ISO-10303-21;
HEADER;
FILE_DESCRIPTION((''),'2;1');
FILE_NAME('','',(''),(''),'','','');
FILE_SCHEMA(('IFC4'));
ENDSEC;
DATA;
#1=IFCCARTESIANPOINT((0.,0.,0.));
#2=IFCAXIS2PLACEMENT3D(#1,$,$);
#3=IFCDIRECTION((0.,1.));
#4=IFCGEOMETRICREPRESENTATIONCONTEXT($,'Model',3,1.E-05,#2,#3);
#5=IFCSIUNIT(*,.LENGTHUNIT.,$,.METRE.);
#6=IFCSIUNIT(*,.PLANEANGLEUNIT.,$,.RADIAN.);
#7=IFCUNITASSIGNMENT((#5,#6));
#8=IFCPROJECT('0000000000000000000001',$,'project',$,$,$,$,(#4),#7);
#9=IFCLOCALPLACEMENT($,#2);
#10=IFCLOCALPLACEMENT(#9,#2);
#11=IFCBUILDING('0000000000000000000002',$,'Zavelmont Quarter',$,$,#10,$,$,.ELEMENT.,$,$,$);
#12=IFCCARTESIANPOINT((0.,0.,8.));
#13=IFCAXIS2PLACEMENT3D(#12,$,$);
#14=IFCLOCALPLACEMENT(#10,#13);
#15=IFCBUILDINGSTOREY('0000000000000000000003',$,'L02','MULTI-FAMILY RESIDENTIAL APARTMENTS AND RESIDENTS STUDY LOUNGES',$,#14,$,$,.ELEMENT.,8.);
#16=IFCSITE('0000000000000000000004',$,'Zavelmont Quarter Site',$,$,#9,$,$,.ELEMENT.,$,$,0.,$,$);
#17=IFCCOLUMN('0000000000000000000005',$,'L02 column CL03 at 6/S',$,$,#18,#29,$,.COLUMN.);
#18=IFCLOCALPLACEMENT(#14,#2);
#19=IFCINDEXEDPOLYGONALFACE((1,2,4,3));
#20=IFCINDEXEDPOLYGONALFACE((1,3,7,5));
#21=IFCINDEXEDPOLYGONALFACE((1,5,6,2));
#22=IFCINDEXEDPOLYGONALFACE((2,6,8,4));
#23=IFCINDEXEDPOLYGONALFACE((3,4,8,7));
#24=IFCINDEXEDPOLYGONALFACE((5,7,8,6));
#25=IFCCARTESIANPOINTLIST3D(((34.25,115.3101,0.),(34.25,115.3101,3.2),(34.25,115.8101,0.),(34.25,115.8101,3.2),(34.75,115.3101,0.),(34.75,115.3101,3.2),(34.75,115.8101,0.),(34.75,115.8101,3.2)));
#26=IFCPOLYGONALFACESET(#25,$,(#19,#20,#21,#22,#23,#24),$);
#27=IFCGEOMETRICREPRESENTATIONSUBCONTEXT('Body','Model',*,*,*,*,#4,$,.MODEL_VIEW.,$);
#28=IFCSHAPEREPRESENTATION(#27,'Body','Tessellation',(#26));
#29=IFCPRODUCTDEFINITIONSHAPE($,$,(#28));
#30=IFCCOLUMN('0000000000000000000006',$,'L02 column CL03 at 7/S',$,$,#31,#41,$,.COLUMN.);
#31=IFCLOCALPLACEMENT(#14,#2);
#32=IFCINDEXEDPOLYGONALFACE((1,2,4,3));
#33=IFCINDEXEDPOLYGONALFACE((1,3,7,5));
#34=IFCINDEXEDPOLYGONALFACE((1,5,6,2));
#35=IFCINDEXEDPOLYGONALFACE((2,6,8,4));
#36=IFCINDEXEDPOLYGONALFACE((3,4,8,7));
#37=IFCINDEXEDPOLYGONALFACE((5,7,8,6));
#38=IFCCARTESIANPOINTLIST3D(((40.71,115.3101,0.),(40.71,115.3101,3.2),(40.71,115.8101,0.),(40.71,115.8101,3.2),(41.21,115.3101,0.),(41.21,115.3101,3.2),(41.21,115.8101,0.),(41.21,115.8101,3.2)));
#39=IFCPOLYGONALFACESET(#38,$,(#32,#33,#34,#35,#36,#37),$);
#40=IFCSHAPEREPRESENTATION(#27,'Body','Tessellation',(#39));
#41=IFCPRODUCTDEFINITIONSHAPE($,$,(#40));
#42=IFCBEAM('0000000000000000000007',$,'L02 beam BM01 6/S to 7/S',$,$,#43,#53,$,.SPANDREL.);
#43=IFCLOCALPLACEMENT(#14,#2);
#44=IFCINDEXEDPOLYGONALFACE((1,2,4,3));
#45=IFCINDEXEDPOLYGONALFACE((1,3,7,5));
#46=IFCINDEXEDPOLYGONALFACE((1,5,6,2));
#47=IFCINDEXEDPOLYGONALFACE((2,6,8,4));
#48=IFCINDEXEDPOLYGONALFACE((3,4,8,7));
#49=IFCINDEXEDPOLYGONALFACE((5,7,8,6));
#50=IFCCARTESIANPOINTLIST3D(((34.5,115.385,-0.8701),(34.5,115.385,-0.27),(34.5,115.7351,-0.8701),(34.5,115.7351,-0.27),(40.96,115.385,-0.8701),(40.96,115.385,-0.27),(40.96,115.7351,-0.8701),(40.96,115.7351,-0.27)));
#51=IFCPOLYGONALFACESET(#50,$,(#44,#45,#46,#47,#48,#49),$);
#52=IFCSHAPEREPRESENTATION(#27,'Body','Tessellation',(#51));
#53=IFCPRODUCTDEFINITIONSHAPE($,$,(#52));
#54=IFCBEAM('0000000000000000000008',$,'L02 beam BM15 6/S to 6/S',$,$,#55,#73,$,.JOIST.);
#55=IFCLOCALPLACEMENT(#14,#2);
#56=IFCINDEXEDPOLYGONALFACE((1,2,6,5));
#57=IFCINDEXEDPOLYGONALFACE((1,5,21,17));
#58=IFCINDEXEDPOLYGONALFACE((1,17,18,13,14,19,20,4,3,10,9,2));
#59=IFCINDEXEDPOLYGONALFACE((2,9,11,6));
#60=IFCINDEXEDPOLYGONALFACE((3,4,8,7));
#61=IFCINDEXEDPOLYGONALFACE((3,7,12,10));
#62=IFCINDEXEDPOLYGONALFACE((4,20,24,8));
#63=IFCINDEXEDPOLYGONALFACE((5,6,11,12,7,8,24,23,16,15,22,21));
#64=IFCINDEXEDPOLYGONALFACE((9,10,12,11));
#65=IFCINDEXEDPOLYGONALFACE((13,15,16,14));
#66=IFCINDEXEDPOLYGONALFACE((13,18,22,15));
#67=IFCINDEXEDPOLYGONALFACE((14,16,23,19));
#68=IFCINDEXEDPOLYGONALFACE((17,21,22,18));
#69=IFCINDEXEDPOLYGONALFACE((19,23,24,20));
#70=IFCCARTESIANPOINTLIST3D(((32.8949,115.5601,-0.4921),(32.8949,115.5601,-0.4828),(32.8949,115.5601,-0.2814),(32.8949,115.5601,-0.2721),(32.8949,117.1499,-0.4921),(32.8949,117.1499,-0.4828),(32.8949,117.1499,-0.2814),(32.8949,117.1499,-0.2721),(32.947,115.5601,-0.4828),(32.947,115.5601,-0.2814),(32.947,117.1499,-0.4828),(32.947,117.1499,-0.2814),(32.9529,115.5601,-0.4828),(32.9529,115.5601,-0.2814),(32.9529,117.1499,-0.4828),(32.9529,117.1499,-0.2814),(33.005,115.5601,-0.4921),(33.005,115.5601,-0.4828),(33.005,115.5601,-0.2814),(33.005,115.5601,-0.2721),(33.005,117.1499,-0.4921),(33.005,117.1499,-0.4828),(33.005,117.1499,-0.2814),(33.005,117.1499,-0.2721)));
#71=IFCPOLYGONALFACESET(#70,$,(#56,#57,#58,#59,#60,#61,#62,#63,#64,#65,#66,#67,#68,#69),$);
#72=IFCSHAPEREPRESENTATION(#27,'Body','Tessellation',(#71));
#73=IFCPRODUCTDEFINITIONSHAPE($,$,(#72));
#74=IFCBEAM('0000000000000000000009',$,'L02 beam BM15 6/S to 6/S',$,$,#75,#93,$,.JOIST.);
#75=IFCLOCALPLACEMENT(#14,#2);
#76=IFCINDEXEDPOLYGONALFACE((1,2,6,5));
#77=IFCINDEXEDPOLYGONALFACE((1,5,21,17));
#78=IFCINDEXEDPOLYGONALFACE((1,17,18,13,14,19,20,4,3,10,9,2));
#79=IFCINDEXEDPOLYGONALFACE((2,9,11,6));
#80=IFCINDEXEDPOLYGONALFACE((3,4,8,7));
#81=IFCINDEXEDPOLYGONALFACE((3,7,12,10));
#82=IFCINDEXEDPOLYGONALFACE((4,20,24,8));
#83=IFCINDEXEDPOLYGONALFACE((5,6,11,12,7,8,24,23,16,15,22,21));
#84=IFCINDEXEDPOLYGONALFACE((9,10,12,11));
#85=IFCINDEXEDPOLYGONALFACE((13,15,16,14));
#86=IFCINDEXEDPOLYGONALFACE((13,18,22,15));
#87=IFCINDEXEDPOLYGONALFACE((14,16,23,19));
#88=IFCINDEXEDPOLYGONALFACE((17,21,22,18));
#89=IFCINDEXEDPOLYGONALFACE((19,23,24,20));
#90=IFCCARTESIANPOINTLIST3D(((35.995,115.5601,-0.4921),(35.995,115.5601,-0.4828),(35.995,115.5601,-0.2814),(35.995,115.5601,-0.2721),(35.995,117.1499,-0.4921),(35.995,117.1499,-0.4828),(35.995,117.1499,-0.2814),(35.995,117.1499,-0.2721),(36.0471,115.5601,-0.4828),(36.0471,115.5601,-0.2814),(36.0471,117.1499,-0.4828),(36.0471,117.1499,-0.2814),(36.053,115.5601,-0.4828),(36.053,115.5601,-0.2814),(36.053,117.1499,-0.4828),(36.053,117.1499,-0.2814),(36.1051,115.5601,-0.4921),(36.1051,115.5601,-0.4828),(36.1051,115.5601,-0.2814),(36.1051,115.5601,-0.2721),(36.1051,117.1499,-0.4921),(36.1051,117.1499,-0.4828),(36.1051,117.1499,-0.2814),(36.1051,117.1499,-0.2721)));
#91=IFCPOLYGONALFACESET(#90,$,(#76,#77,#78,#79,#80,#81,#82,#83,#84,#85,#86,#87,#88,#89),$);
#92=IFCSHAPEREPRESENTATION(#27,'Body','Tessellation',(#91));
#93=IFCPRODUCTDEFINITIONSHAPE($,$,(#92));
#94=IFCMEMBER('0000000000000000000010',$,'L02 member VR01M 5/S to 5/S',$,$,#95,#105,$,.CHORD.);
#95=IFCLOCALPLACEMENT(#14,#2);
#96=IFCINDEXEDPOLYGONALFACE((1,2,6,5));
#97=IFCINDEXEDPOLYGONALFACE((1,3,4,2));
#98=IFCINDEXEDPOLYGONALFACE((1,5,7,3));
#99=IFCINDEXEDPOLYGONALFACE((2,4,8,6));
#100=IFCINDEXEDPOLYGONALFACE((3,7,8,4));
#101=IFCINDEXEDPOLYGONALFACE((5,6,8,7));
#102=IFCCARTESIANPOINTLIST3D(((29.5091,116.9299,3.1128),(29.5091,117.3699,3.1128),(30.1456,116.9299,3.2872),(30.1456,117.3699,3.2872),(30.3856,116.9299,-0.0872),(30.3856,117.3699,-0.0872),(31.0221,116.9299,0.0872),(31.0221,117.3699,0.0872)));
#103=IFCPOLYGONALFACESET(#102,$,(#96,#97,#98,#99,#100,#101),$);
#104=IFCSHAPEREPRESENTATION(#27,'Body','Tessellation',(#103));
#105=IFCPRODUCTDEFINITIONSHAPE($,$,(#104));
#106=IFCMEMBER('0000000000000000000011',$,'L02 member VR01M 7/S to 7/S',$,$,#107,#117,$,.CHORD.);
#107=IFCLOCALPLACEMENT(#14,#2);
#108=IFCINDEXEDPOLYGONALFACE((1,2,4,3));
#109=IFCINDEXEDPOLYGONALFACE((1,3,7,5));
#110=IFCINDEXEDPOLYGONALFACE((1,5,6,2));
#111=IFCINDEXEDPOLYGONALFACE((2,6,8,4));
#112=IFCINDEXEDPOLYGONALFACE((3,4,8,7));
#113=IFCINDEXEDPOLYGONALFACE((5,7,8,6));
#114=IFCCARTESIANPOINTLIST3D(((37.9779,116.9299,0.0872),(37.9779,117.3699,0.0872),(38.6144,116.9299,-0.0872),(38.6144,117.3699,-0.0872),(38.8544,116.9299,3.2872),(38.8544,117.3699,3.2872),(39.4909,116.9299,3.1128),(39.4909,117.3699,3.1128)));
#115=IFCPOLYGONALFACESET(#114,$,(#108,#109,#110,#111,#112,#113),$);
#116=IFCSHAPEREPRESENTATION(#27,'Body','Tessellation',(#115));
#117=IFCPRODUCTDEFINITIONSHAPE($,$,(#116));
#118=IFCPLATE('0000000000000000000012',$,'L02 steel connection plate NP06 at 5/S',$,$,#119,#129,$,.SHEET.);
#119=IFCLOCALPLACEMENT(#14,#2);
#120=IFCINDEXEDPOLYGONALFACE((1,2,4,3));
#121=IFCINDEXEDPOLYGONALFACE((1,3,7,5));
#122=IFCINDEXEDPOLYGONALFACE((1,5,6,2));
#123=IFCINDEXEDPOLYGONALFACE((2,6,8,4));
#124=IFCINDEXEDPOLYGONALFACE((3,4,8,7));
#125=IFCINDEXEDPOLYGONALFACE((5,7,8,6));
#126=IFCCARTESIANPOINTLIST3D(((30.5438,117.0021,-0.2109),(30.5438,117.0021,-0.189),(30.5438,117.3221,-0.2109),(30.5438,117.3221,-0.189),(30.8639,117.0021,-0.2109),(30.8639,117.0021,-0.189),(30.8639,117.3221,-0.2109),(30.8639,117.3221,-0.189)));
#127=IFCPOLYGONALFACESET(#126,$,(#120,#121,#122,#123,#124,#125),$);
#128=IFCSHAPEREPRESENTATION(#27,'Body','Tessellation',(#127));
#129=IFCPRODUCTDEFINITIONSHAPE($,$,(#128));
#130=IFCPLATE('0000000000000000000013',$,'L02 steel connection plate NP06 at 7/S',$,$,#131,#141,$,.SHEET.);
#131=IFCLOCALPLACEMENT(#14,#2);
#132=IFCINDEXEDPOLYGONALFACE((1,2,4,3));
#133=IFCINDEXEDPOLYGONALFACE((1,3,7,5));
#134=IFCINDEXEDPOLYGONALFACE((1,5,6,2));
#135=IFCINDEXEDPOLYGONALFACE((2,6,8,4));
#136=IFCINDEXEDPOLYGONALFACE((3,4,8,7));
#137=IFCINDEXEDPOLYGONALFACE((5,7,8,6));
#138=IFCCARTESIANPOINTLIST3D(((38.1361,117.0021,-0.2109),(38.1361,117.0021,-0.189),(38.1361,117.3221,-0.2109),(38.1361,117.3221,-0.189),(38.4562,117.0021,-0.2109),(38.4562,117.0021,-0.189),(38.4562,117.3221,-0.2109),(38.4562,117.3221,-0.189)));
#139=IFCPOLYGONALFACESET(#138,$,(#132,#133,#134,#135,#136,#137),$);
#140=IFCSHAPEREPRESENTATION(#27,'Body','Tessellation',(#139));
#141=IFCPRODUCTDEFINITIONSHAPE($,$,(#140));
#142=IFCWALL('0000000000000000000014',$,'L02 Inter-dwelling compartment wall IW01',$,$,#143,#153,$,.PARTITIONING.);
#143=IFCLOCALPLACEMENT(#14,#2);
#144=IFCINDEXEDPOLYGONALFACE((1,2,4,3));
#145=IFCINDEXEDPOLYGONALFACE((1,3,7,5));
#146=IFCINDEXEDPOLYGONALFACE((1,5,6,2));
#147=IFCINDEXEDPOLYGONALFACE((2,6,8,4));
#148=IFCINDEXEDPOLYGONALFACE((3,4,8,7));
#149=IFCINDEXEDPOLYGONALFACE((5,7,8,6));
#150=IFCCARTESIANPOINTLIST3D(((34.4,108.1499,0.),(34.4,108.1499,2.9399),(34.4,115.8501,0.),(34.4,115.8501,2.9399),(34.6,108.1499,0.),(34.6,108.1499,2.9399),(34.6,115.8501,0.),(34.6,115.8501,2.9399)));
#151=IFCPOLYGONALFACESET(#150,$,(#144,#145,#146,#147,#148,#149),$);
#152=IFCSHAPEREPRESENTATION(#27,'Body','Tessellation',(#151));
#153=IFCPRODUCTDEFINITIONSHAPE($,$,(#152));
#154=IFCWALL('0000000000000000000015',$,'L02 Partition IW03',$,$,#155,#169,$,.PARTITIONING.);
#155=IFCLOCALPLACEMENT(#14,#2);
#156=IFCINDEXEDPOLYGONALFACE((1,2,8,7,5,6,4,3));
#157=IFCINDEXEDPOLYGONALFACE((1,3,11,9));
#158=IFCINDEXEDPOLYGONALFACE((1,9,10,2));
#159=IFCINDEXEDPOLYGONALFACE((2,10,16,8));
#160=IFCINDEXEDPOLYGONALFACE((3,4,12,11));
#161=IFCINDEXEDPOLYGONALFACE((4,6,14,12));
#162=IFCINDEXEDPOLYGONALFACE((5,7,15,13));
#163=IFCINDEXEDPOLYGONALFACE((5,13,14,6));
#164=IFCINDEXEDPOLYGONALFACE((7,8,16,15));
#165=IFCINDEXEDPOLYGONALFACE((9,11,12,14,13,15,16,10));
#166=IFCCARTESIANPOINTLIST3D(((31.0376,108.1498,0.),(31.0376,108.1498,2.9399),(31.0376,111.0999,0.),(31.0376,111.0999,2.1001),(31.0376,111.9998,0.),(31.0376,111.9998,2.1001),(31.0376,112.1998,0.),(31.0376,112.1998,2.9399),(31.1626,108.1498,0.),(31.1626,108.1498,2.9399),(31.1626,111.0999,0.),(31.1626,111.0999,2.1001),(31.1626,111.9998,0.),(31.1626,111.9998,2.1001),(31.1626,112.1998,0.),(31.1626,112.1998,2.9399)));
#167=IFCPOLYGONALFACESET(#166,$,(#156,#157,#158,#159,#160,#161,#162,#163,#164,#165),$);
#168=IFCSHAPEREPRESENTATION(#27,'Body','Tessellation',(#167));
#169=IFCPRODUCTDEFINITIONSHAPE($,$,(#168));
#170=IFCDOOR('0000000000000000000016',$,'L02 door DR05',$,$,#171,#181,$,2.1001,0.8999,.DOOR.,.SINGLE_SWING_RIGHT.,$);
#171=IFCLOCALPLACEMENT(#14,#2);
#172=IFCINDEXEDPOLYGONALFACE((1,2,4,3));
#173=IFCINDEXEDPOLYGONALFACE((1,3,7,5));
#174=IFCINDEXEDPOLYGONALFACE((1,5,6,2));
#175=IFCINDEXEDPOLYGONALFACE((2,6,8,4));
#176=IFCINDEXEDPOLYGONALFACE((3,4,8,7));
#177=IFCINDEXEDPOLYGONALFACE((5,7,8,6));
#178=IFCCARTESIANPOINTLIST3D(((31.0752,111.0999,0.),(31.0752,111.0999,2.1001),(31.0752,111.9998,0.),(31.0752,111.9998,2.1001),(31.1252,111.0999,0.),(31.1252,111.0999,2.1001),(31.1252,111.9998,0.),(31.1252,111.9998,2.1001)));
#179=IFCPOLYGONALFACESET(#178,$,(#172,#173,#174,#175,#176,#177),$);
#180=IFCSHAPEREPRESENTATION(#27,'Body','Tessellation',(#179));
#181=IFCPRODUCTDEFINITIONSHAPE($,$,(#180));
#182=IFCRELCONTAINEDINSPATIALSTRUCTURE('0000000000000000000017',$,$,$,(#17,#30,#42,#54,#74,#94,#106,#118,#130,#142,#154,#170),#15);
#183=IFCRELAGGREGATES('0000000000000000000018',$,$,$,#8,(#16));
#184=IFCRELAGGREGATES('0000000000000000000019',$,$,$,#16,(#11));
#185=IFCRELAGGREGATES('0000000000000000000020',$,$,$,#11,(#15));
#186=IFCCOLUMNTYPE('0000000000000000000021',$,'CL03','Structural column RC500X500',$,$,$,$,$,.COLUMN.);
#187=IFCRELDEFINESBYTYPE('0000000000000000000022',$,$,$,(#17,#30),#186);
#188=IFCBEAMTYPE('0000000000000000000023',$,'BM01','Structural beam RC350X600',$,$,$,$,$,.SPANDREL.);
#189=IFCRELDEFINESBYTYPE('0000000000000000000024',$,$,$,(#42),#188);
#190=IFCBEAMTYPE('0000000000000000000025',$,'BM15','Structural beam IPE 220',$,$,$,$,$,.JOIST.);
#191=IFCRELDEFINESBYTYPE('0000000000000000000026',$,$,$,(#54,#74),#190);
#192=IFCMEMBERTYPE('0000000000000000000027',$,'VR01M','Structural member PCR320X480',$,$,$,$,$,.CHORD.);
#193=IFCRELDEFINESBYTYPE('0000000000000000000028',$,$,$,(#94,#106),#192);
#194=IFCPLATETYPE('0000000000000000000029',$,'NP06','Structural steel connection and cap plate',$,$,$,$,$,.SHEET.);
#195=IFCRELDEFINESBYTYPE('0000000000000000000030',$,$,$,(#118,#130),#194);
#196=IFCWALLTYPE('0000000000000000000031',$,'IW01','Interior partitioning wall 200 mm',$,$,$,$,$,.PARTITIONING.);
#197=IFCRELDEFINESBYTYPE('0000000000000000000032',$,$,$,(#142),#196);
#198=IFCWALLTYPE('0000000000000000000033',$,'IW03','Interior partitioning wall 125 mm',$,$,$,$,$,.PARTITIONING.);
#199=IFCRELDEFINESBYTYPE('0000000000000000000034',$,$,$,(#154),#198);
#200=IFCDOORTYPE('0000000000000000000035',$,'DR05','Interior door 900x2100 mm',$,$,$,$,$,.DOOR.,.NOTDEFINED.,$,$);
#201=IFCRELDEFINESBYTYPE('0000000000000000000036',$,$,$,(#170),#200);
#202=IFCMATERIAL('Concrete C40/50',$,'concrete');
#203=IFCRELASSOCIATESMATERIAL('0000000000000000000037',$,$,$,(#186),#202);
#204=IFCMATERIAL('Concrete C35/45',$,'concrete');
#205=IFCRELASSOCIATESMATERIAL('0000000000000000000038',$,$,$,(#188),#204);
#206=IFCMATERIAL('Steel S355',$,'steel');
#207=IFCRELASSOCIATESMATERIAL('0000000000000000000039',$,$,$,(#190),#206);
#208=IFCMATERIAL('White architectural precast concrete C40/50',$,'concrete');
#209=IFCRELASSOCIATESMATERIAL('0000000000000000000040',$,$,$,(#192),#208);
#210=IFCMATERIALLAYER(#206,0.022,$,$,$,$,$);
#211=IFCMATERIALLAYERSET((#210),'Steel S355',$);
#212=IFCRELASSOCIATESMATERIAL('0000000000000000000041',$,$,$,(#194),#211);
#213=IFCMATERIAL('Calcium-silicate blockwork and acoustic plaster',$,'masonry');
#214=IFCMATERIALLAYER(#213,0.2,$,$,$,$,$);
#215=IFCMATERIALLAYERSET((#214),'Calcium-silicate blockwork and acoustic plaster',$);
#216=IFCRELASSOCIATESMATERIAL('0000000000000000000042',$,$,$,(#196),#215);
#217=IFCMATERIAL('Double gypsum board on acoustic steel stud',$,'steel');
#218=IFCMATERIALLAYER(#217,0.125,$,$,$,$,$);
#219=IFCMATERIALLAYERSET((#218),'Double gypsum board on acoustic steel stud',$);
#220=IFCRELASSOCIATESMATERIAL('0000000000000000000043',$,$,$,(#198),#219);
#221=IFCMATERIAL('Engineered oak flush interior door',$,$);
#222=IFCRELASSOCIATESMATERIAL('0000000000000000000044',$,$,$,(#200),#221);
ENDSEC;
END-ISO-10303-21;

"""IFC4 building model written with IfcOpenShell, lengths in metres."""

from ifc_helpers import new_model, si_unit, direction, frame, frame_2d, origin, origin_with_axes, origin_2d, place, context, subcontext, project, spatial, rectangle, i_section, extrude, material, layer, layer_set, material_profile, profile_set, type_object, element, fill, save


model = new_model("IFC4")

# Units and contexts
model_context = context("Model", 3, precision=1e-05, world=origin(), true_north=direction((0.0, 1.0)))
body_context = subcontext(model_context, "Body", "Model", "MODEL_VIEW")
ifc_project = project(units=[si_unit("LENGTHUNIT", "METRE"), si_unit("PLANEANGLEUNIT", "RADIAN")], contexts=[model_context])

# Site, building, storey
site_placement = place(None, origin())
site = spatial("IfcSite", under=ifc_project, at=site_placement, Name="Zavelmont Quarter Site", CompositionType="ELEMENT", RefElevation=0.0)
building_placement = place(site_placement, origin())
building = spatial("IfcBuilding", under=site, at=building_placement, Name="Zavelmont Quarter", CompositionType="ELEMENT")
storey_placement = place(building_placement, frame((0.0, 0.0, 8.0)))
storey = spatial("IfcBuildingStorey", under=building, at=storey_placement, Name="L02", Description="MULTI-FAMILY RESIDENTIAL APARTMENTS AND RESIDENTS STUDY LOUNGES", CompositionType="ELEMENT", Elevation=8.0)

# Columns
ifc_material_1 = material(Name="Concrete C40/50", Category="concrete")
ifc_material_profile_1 = material_profile(ifc_material_1, rectangle(XDim=0.5, YDim=0.5, at=origin_2d()), Name="RC500X500")
ifc_profile_set_1 = profile_set([ifc_material_profile_1], Name="Concrete C40/50")
column_type = type_object("IfcColumnType", Name="CL03", Description="Structural column RC500X500", PredefinedType="COLUMN", material=ifc_profile_set_1)
for number, where, z_axis, x_axis, name in (
    (1, (34.5, 115.5601, 0.0), (0.0, 0.0, 1.0), (1.0, 0.0, 0.0), "L02 column CL03 at 6/S"),
    (2, (40.96, 115.5601, 0.0), (0.0, 0.0, 1.0), (1.0, 0.0, 0.0), "L02 column CL03 at 7/S"),
):
    element("IfcColumn", number, at=place(storey_placement, frame(where, z_axis=z_axis, x_axis=x_axis)), inside=storey, type_object=column_type, Name=name, PredefinedType="COLUMN", context=body_context, shape_type="SweptSolid", body=[
        extrude(rectangle(XDim=0.5, YDim=0.5, at=origin_2d()), origin(), (0.0, 0.0, 1.0), 3.2),
    ])

# Beams
ifc_material_2 = material(Name="Concrete C35/45", Category="concrete")
ifc_material_profile_2 = material_profile(ifc_material_2, rectangle(XDim=0.3501, YDim=0.6001, at=origin_2d()), Name="RC350X600")
ifc_profile_set_2 = profile_set([ifc_material_profile_2], Name="Concrete C35/45")
beam_type_1 = type_object("IfcBeamType", Name="BM01", Description="Structural beam RC350X600", PredefinedType="SPANDREL", material=ifc_profile_set_2)
beam_placement = place(storey_placement, frame((34.5, 115.5601, -0.5701), z_axis=(1.0, 0.0, 0.0), x_axis=(0.0, 1.0, 0.0)))
element("IfcBeam", 3, at=beam_placement, inside=storey, type_object=beam_type_1, Name="L02 beam BM01 6/S to 7/S", PredefinedType="SPANDREL", context=body_context, shape_type="SweptSolid", body=[
    extrude(rectangle(XDim=0.3501, YDim=0.6001, at=origin_2d()), origin(), (0.0, 0.0, 1.0), 6.46),
])
ifc_material_3 = material(Name="Steel S355", Category="steel")
ifc_material_profile_3 = material_profile(ifc_material_3, i_section(OverallWidth=0.1101, OverallDepth=0.22, WebThickness=0.0059, FlangeThickness=0.0093, at=origin_2d()), Name="IPE 220")
ifc_profile_set_3 = profile_set([ifc_material_profile_3], Name="Steel S355")
beam_type_2 = type_object("IfcBeamType", Name="BM15", Description="Structural beam IPE 220", PredefinedType="JOIST", material=ifc_profile_set_3)
for number, where, z_axis, x_axis, name in (
    (4, (32.95, 115.5601, -0.3821), (0.0, 1.0, 0.0), (-1.0, 0.0, 0.0), "L02 beam BM15 6/S to 6/S"),
    (5, (36.05, 115.5601, -0.3821), (0.0, 1.0, 0.0), (-1.0, 0.0, 0.0), "L02 beam BM15 6/S to 6/S"),
):
    element("IfcBeam", number, at=place(storey_placement, frame(where, z_axis=z_axis, x_axis=x_axis)), inside=storey, type_object=beam_type_2, Name=name, PredefinedType="JOIST", context=body_context, shape_type="SweptSolid", body=[
        extrude(i_section(OverallWidth=0.1101, OverallDepth=0.22, WebThickness=0.0059, FlangeThickness=0.0093, at=origin_2d()), origin(), (0.0, 0.0, 1.0), 1.5898),
    ])

# Members
ifc_material_4 = material(Name="White architectural precast concrete C40/50", Category="concrete")
ifc_material_profile_4 = material_profile(ifc_material_4, rectangle(XDim=0.4399, YDim=0.6599, at=origin_2d()), Name="PCR320X480")
ifc_profile_set_4 = profile_set([ifc_material_profile_4], Name="White architectural precast concrete C40/50")
member_type = type_object("IfcMemberType", Name="VR01M", Description="Structural member PCR320X480", PredefinedType="CHORD", material=ifc_profile_set_4)
for number, where, z_axis, x_axis, name in (
    (6, (30.7039, 117.1499, 0.0), (-0.26417, 0.0, 0.964476), (0.0, -1.0, 0.0), "L02 member VR01M 5/S to 5/S"),
    (7, (38.2961, 117.1499, 0.0), (0.26417, 0.0, 0.964476), (0.0, 1.0, 0.0), "L02 member VR01M 7/S to 7/S"),
):
    element("IfcMember", number, at=place(storey_placement, frame(where, z_axis=z_axis, x_axis=x_axis)), inside=storey, type_object=member_type, Name=name, PredefinedType="CHORD", context=body_context, shape_type="SweptSolid", body=[
        extrude(rectangle(XDim=0.4399, YDim=0.6599, at=origin_2d()), origin(), (0.0, 0.0, 1.0), 3.3179),
    ])

# Plates
ifc_layer_1 = layer(ifc_material_3, 0.022)
ifc_layer_set_1 = layer_set([ifc_layer_1], Name="Steel S355")
plate_type = type_object("IfcPlateType", Name="NP06", Description="Structural steel connection and cap plate", PredefinedType="SHEET", material=ifc_layer_set_1)
for number, where, z_axis, x_axis, name in (
    (8, (30.7039, 117.1621, -0.2109), (0.0, 0.0, 1.0), (1.0, 0.0, 0.0), "L02 steel connection plate NP06 at 5/S"),
    (9, (38.2961, 117.1621, -0.2109), (0.0, 0.0, 1.0), (1.0, 0.0, 0.0), "L02 steel connection plate NP06 at 7/S"),
):
    element("IfcPlate", number, at=place(storey_placement, frame(where, z_axis=z_axis, x_axis=x_axis)), inside=storey, type_object=plate_type, Name=name, PredefinedType="SHEET", context=body_context, shape_type="SweptSolid", body=[
        extrude(rectangle(XDim=0.3201, YDim=0.3201, at=origin_2d()), origin(), (0.0, 0.0, 1.0), 0.022),
    ])

# Wall
ifc_material_5 = material(Name="Calcium-silicate blockwork and acoustic plaster", Category="masonry")
ifc_layer_2 = layer(ifc_material_5, 0.2)
ifc_layer_set_2 = layer_set([ifc_layer_2], Name="Calcium-silicate blockwork and acoustic plaster")
wall_type_1 = type_object("IfcWallType", Name="IW01", Description="Interior partitioning wall 200 mm", PredefinedType="PARTITIONING", material=ifc_layer_set_2)
wall_1_placement = place(storey_placement, frame((34.5, 108.1499, 0.0), z_axis=(0.0, 0.0, 1.0), x_axis=(0.0, 1.0, 0.0)))
element("IfcWall", 10, at=wall_1_placement, inside=storey, type_object=wall_type_1, Name="L02 Inter-dwelling compartment wall IW01", PredefinedType="PARTITIONING", context=body_context, shape_type="SweptSolid", body=[
    extrude(rectangle(XDim=7.7002, YDim=0.2, at=frame_2d((3.8501, 0.0))), origin(), (0.0, 0.0, 1.0), 2.9399),
])

# Wall, opening, door
ifc_material_6 = material(Name="Double gypsum board on acoustic steel stud", Category="steel")
ifc_layer_3 = layer(ifc_material_6, 0.125)
ifc_layer_set_3 = layer_set([ifc_layer_3], Name="Double gypsum board on acoustic steel stud")
wall_type_2 = type_object("IfcWallType", Name="IW03", Description="Interior partitioning wall 125 mm", PredefinedType="PARTITIONING", material=ifc_layer_set_3)
wall_2_placement = place(storey_placement, frame((31.1001, 108.1499, 0.0), z_axis=(0.0, 0.0, 1.0), x_axis=(0.0, 1.0, 0.0)))
wall_2 = element("IfcWall", 11, at=wall_2_placement, inside=storey, type_object=wall_type_2, Name="L02 Partition IW03", PredefinedType="PARTITIONING", context=body_context, shape_type="SweptSolid", body=[
    extrude(rectangle(XDim=4.05, YDim=0.125, at=frame_2d((2.0249, 0.0))), origin(), (0.0, 0.0, 1.0), 2.9399),
])
opening_1_placement = place(wall_2_placement, frame((2.95, 0.0, 0.0)))
opening_1 = element("IfcOpeningElement", 12, at=opening_1_placement, cuts=wall_2, PredefinedType="OPENING", context=body_context, shape_type="SweptSolid", body=[
    extrude(rectangle(XDim=0.8999, YDim=2.1001, at=frame_2d((0.45, 1.05))), frame((0.0, 0.0745, 0.0), z_axis=(0.0, -1.0, 0.0), x_axis=(1.0, 0.0, 0.0)), (0.0, 0.0, 1.0), 0.1489),
])
ifc_material_7 = material(Name="Engineered oak flush interior door")
door_type_1 = type_object("IfcDoorType", Name="DR05", Description="Interior door 900x2100 mm", OperationType="NOTDEFINED", PredefinedType="DOOR", material=ifc_material_7)
door_1_placement = place(opening_1_placement, origin_with_axes())
door_1 = element("IfcDoor", 13, at=door_1_placement, inside=storey, type_object=door_type_1, Name="L02 door DR05", OperationType="SINGLE_SWING_RIGHT", OverallHeight=2.1001, OverallWidth=0.8999, PredefinedType="DOOR", context=body_context, shape_type="SweptSolid", body=[
    extrude(rectangle(XDim=0.8999, YDim=2.1001, at=frame_2d((0.45, 1.05))), frame((0.0, 0.0249, 0.0), z_axis=(0.0, -1.0, 0.0), x_axis=(1.0, 0.0, 0.0)), (0.0, 0.0, 1.0), 0.05),
])
fill(opening_1, door_1)

save(model, "model.ifc")
